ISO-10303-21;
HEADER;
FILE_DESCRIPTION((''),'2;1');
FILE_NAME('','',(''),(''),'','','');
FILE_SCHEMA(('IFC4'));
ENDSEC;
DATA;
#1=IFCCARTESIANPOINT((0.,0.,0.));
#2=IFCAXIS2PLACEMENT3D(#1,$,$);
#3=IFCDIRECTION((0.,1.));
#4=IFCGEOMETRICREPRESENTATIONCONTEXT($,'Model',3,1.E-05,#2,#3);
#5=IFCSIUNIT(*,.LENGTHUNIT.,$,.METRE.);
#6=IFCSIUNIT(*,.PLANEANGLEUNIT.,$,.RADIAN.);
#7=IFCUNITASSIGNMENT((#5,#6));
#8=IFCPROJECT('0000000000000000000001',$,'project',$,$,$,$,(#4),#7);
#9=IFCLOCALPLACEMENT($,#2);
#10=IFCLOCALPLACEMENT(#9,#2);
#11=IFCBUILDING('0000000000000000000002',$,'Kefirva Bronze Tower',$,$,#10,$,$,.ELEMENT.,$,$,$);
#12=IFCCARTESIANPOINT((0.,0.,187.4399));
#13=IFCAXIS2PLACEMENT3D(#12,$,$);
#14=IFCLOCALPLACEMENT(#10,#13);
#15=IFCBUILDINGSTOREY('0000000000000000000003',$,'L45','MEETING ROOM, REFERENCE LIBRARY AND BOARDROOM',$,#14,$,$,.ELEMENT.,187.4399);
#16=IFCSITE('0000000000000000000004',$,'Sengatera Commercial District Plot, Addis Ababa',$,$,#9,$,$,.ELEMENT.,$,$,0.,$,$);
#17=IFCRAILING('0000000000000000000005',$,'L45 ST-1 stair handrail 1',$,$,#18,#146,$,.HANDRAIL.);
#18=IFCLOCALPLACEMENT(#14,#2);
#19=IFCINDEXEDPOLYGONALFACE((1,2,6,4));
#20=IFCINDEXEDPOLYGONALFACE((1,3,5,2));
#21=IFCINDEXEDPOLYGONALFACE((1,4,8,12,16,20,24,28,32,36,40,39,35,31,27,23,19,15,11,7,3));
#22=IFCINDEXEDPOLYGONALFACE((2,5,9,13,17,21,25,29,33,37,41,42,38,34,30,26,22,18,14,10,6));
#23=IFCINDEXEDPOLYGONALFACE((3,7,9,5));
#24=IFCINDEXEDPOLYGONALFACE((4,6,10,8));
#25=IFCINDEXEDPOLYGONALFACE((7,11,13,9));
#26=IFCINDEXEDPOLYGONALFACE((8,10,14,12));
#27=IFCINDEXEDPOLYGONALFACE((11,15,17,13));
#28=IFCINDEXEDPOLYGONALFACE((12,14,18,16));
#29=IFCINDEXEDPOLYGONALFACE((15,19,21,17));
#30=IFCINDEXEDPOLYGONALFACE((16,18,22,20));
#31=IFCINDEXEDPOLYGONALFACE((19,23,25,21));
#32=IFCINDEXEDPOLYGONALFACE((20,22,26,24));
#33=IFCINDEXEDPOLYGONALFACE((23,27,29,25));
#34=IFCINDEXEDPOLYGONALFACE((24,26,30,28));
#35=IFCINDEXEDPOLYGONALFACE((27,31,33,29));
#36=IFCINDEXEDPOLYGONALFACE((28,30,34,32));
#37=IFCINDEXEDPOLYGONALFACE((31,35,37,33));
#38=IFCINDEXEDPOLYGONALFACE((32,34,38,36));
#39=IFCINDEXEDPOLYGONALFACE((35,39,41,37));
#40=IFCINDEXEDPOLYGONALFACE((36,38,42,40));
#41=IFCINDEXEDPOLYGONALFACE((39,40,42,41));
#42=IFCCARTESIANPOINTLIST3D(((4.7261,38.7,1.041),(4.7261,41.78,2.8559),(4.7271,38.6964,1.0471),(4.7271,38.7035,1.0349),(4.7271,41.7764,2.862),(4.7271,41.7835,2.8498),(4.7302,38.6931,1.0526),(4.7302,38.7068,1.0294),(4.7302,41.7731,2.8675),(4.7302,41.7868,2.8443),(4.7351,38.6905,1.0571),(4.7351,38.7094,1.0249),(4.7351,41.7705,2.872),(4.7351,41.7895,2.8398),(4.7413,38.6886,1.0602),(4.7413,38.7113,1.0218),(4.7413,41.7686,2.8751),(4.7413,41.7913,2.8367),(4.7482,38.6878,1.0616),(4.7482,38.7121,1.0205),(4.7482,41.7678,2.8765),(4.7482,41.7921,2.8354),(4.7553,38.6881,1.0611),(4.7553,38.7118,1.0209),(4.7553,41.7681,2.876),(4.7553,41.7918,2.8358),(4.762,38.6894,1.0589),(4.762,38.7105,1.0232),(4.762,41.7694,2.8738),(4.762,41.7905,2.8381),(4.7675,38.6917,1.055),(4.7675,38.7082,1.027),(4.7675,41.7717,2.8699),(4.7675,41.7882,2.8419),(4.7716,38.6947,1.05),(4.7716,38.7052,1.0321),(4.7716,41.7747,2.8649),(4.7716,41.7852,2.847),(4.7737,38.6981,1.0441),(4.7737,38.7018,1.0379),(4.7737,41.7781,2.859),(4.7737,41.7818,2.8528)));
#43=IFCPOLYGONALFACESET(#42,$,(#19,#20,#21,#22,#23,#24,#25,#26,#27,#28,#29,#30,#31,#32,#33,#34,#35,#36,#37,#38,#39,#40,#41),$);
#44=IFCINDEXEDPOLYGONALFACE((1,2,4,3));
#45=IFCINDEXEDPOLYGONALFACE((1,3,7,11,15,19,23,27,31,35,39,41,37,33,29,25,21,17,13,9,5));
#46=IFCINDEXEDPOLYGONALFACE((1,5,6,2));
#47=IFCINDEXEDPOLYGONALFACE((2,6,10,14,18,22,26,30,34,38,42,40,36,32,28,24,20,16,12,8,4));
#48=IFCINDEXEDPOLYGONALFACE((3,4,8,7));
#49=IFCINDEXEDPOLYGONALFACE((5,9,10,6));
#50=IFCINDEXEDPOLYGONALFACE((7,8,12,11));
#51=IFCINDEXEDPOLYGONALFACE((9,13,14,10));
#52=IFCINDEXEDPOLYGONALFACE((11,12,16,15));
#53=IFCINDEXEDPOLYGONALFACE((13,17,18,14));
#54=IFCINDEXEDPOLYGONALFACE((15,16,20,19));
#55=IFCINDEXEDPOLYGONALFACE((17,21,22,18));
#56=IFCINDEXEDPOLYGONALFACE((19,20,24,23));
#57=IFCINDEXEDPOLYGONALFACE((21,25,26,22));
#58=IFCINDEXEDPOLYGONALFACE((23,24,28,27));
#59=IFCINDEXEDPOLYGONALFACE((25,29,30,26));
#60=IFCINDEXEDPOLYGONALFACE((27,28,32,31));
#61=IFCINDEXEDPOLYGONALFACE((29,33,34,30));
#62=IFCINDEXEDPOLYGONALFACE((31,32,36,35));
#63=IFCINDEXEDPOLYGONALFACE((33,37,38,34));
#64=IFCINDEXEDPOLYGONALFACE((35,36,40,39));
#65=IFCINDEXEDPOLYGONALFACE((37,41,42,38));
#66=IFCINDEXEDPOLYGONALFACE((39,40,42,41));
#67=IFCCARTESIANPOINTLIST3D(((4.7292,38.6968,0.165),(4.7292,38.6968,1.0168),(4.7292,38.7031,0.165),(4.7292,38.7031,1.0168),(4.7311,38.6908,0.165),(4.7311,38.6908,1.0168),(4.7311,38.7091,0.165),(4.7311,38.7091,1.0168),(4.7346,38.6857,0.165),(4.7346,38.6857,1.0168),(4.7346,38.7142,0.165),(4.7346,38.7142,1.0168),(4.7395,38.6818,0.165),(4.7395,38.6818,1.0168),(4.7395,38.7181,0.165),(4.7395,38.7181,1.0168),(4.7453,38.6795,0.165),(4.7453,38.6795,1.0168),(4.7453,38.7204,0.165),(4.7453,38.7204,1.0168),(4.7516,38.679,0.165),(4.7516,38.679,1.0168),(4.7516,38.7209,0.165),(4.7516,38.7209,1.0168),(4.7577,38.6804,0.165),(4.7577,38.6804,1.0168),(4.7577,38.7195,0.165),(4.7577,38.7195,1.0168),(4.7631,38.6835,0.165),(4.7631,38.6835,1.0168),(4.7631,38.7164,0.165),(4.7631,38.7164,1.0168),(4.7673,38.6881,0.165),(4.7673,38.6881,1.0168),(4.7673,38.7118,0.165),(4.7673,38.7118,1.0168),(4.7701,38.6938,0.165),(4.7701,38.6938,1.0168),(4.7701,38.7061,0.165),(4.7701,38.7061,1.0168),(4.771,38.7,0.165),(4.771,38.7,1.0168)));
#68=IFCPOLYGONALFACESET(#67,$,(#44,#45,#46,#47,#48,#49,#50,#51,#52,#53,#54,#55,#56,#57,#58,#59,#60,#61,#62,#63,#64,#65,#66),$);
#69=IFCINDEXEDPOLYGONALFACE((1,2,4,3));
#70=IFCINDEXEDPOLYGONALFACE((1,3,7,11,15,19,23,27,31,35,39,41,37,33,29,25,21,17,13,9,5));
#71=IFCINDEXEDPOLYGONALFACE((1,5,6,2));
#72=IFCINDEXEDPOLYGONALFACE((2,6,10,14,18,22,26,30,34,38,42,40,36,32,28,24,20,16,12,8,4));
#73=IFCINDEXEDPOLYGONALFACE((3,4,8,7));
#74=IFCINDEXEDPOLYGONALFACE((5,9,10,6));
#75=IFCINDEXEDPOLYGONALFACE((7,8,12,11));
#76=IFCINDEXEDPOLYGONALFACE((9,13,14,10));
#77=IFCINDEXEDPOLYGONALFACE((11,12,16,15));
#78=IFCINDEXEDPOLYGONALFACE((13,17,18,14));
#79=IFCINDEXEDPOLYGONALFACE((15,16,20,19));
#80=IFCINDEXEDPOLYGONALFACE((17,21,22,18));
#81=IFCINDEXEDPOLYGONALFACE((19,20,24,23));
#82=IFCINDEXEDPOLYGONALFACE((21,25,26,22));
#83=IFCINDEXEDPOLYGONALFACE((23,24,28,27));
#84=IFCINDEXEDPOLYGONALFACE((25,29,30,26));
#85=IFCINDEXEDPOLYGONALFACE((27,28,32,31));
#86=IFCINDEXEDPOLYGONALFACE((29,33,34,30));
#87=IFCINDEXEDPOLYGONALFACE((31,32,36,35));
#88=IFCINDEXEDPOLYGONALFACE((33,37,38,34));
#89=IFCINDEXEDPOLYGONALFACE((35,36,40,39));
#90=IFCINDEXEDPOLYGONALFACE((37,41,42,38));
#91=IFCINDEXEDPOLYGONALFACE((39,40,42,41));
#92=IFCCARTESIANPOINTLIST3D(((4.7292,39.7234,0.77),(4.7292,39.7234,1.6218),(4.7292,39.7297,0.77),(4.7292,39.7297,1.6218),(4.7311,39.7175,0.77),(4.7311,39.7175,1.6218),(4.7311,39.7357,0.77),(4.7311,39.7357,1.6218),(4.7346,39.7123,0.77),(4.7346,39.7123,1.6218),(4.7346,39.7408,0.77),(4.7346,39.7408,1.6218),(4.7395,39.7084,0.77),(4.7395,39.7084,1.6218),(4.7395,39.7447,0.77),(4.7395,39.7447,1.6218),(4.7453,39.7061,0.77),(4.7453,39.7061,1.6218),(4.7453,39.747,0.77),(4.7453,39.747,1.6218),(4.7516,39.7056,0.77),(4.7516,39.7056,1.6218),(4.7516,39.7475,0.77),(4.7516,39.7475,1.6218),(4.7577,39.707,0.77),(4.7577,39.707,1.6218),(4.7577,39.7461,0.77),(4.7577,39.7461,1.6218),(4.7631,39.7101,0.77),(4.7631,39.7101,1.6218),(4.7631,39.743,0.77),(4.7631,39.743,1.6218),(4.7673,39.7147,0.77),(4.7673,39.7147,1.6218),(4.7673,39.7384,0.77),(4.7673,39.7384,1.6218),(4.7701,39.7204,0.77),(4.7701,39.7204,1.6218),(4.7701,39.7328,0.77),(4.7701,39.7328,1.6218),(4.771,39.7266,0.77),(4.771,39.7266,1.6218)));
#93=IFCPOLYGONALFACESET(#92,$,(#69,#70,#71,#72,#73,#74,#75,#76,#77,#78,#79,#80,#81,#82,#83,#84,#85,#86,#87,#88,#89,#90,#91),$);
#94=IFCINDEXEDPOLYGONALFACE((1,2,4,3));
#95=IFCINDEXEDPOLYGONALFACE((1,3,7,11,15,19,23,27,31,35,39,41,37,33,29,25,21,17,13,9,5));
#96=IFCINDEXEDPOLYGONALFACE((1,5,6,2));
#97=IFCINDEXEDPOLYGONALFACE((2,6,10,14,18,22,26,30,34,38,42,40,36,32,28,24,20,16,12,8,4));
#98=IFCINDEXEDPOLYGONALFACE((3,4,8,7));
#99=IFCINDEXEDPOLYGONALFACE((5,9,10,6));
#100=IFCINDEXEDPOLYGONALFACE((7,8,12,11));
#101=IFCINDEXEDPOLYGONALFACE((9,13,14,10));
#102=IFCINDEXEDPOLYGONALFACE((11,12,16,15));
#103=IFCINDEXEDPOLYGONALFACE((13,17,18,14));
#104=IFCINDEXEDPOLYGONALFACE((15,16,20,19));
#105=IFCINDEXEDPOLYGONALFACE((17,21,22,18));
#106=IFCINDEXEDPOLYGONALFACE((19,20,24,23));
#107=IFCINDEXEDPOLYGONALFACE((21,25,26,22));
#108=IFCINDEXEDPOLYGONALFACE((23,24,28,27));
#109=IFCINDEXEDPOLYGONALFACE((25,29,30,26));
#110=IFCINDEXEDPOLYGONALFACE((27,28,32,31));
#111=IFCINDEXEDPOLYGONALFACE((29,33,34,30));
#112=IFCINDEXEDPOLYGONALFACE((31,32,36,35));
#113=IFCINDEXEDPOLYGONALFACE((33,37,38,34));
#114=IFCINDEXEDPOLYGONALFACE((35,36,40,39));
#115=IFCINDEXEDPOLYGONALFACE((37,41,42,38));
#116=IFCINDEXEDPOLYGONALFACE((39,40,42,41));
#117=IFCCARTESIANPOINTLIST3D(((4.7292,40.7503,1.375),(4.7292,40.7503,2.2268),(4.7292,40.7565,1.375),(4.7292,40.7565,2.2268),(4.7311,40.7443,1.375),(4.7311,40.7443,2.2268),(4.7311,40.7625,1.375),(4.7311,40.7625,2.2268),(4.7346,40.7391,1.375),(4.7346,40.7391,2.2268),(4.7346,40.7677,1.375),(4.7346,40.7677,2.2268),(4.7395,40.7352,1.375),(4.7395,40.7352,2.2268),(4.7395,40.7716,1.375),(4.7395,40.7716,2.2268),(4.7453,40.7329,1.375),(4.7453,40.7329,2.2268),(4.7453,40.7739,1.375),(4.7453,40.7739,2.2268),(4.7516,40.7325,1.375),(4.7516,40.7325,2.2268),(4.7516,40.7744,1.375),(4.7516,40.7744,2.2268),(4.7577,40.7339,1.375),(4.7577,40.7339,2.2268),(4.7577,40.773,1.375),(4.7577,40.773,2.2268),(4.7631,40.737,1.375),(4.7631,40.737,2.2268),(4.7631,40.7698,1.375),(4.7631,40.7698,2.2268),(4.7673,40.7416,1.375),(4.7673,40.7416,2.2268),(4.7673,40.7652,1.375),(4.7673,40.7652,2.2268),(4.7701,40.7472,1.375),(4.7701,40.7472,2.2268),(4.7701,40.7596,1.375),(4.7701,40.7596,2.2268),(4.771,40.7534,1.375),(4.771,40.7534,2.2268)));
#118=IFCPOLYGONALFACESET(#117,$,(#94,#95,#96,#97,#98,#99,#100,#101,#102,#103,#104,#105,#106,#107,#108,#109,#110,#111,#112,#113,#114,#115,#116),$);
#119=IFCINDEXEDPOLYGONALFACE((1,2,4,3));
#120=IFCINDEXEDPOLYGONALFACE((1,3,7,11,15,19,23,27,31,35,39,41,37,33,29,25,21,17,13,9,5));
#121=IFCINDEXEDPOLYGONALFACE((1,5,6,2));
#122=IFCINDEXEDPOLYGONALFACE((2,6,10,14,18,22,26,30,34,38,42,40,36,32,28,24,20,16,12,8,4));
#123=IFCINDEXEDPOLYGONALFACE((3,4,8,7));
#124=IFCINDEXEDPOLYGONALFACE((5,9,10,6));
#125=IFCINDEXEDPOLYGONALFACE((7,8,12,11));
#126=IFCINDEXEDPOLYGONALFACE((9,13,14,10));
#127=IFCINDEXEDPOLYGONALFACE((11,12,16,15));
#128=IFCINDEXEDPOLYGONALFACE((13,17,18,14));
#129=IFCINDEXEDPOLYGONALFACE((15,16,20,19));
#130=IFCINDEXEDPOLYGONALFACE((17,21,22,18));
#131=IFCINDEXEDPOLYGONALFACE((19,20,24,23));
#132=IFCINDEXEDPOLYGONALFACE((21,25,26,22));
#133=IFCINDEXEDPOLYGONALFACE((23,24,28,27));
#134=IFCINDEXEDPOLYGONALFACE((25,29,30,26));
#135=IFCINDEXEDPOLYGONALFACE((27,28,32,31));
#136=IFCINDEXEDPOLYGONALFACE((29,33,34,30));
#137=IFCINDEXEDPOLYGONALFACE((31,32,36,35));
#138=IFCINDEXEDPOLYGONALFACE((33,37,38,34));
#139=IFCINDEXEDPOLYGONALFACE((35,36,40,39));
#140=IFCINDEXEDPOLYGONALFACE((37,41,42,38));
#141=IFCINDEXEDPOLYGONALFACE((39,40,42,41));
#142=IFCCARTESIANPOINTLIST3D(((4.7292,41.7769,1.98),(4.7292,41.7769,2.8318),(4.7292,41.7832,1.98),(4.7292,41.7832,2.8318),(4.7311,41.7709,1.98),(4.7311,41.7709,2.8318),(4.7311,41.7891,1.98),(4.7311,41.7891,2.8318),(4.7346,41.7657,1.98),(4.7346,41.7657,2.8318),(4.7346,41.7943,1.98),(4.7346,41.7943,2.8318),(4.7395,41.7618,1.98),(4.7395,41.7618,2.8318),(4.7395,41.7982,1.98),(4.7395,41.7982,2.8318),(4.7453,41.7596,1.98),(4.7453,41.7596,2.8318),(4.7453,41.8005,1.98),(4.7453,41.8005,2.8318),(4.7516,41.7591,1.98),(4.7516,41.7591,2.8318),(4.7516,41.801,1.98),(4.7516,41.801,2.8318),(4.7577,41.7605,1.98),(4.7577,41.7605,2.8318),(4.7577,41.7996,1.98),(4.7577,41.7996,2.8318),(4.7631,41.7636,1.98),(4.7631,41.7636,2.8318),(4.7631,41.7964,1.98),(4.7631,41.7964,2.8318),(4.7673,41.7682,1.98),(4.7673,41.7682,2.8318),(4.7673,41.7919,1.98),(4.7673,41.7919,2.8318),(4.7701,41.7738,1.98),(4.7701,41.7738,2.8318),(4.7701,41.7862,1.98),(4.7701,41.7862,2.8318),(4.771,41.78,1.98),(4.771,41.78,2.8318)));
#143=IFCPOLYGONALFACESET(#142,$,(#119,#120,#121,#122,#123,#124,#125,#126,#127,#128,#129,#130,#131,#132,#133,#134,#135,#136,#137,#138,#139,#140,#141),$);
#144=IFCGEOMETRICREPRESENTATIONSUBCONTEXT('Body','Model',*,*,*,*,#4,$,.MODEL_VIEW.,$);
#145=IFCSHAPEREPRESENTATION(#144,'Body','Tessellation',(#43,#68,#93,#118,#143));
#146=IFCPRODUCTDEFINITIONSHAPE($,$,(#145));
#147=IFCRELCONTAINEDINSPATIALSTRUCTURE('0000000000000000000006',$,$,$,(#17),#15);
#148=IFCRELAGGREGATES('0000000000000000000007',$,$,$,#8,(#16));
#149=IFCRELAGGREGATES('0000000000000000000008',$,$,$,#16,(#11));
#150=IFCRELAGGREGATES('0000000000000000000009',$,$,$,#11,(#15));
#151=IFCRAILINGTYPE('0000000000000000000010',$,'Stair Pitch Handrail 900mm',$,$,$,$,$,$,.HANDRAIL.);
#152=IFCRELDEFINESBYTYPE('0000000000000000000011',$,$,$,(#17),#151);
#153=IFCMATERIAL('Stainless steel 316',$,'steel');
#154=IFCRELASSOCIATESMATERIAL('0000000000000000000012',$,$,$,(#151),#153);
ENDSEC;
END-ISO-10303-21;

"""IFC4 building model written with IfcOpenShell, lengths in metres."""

from ifc_helpers import new_model, si_unit, direction, frame, origin, origin_2d, place, context, subcontext, project, spatial, circle, extrude, material, type_object, element, save


model = new_model("IFC4")

# Units and contexts
model_context = context("Model", 3, precision=1e-05, world=origin(), true_north=direction((0.0, 1.0)))
body_context = subcontext(model_context, "Body", "Model", "MODEL_VIEW")
ifc_project = project(units=[si_unit("LENGTHUNIT", "METRE"), si_unit("PLANEANGLEUNIT", "RADIAN")], contexts=[model_context])

# Site, building, storey
site_placement = place(None, origin())
site = spatial("IfcSite", under=ifc_project, at=site_placement, Name="Sengatera Commercial District Plot, Addis Ababa", CompositionType="ELEMENT", RefElevation=0.0)
building_placement = place(site_placement, origin())
building = spatial("IfcBuilding", under=site, at=building_placement, Name="Kefirva Bronze Tower", CompositionType="ELEMENT")
storey_placement = place(building_placement, frame((0.0, 0.0, 187.4399)))
storey = spatial("IfcBuildingStorey", under=building, at=storey_placement, Name="L45", Description="MEETING ROOM, REFERENCE LIBRARY AND BOARDROOM", CompositionType="ELEMENT", Elevation=187.4399)

# Shared definitions
ifc_material_1 = material(Name="Stainless steel 316", Category="steel")

# Railing
railing_type = type_object("IfcRailingType", Name="Stair Pitch Handrail 900mm", PredefinedType="HANDRAIL", material=ifc_material_1)
railing_placement = place(storey_placement, frame((4.75, 38.7, 0.165)))
element("IfcRailing", 1, at=railing_placement, inside=storey, type_object=railing_type, Name="L45 ST-1 stair handrail 1", PredefinedType="HANDRAIL", context=body_context, shape_type="SweptSolid", body=[
    extrude(circle(Radius=0.0239, at=origin_2d()), frame((0.0, 0.0, 0.876), z_axis=(0.0, 0.861551, 0.507671), x_axis=(-1.0, 0.0, 0.0)), (0.0, 0.0, 1.0), 3.575),
    extrude(circle(Radius=0.021, at=origin_2d()), origin(), (0.0, 0.0, 1.0), 0.8518),
    extrude(circle(Radius=0.021, at=origin_2d()), frame((0.0, 1.0266, 0.605)), (0.0, 0.0, 1.0), 0.8518),
    extrude(circle(Radius=0.021, at=origin_2d()), frame((0.0, 2.0535, 1.21)), (0.0, 0.0, 1.0), 0.8518),
    extrude(circle(Radius=0.021, at=origin_2d()), frame((0.0, 3.0801, 1.8149)), (0.0, 0.0, 1.0), 0.8518),
])

save(model, "model.ifc")
